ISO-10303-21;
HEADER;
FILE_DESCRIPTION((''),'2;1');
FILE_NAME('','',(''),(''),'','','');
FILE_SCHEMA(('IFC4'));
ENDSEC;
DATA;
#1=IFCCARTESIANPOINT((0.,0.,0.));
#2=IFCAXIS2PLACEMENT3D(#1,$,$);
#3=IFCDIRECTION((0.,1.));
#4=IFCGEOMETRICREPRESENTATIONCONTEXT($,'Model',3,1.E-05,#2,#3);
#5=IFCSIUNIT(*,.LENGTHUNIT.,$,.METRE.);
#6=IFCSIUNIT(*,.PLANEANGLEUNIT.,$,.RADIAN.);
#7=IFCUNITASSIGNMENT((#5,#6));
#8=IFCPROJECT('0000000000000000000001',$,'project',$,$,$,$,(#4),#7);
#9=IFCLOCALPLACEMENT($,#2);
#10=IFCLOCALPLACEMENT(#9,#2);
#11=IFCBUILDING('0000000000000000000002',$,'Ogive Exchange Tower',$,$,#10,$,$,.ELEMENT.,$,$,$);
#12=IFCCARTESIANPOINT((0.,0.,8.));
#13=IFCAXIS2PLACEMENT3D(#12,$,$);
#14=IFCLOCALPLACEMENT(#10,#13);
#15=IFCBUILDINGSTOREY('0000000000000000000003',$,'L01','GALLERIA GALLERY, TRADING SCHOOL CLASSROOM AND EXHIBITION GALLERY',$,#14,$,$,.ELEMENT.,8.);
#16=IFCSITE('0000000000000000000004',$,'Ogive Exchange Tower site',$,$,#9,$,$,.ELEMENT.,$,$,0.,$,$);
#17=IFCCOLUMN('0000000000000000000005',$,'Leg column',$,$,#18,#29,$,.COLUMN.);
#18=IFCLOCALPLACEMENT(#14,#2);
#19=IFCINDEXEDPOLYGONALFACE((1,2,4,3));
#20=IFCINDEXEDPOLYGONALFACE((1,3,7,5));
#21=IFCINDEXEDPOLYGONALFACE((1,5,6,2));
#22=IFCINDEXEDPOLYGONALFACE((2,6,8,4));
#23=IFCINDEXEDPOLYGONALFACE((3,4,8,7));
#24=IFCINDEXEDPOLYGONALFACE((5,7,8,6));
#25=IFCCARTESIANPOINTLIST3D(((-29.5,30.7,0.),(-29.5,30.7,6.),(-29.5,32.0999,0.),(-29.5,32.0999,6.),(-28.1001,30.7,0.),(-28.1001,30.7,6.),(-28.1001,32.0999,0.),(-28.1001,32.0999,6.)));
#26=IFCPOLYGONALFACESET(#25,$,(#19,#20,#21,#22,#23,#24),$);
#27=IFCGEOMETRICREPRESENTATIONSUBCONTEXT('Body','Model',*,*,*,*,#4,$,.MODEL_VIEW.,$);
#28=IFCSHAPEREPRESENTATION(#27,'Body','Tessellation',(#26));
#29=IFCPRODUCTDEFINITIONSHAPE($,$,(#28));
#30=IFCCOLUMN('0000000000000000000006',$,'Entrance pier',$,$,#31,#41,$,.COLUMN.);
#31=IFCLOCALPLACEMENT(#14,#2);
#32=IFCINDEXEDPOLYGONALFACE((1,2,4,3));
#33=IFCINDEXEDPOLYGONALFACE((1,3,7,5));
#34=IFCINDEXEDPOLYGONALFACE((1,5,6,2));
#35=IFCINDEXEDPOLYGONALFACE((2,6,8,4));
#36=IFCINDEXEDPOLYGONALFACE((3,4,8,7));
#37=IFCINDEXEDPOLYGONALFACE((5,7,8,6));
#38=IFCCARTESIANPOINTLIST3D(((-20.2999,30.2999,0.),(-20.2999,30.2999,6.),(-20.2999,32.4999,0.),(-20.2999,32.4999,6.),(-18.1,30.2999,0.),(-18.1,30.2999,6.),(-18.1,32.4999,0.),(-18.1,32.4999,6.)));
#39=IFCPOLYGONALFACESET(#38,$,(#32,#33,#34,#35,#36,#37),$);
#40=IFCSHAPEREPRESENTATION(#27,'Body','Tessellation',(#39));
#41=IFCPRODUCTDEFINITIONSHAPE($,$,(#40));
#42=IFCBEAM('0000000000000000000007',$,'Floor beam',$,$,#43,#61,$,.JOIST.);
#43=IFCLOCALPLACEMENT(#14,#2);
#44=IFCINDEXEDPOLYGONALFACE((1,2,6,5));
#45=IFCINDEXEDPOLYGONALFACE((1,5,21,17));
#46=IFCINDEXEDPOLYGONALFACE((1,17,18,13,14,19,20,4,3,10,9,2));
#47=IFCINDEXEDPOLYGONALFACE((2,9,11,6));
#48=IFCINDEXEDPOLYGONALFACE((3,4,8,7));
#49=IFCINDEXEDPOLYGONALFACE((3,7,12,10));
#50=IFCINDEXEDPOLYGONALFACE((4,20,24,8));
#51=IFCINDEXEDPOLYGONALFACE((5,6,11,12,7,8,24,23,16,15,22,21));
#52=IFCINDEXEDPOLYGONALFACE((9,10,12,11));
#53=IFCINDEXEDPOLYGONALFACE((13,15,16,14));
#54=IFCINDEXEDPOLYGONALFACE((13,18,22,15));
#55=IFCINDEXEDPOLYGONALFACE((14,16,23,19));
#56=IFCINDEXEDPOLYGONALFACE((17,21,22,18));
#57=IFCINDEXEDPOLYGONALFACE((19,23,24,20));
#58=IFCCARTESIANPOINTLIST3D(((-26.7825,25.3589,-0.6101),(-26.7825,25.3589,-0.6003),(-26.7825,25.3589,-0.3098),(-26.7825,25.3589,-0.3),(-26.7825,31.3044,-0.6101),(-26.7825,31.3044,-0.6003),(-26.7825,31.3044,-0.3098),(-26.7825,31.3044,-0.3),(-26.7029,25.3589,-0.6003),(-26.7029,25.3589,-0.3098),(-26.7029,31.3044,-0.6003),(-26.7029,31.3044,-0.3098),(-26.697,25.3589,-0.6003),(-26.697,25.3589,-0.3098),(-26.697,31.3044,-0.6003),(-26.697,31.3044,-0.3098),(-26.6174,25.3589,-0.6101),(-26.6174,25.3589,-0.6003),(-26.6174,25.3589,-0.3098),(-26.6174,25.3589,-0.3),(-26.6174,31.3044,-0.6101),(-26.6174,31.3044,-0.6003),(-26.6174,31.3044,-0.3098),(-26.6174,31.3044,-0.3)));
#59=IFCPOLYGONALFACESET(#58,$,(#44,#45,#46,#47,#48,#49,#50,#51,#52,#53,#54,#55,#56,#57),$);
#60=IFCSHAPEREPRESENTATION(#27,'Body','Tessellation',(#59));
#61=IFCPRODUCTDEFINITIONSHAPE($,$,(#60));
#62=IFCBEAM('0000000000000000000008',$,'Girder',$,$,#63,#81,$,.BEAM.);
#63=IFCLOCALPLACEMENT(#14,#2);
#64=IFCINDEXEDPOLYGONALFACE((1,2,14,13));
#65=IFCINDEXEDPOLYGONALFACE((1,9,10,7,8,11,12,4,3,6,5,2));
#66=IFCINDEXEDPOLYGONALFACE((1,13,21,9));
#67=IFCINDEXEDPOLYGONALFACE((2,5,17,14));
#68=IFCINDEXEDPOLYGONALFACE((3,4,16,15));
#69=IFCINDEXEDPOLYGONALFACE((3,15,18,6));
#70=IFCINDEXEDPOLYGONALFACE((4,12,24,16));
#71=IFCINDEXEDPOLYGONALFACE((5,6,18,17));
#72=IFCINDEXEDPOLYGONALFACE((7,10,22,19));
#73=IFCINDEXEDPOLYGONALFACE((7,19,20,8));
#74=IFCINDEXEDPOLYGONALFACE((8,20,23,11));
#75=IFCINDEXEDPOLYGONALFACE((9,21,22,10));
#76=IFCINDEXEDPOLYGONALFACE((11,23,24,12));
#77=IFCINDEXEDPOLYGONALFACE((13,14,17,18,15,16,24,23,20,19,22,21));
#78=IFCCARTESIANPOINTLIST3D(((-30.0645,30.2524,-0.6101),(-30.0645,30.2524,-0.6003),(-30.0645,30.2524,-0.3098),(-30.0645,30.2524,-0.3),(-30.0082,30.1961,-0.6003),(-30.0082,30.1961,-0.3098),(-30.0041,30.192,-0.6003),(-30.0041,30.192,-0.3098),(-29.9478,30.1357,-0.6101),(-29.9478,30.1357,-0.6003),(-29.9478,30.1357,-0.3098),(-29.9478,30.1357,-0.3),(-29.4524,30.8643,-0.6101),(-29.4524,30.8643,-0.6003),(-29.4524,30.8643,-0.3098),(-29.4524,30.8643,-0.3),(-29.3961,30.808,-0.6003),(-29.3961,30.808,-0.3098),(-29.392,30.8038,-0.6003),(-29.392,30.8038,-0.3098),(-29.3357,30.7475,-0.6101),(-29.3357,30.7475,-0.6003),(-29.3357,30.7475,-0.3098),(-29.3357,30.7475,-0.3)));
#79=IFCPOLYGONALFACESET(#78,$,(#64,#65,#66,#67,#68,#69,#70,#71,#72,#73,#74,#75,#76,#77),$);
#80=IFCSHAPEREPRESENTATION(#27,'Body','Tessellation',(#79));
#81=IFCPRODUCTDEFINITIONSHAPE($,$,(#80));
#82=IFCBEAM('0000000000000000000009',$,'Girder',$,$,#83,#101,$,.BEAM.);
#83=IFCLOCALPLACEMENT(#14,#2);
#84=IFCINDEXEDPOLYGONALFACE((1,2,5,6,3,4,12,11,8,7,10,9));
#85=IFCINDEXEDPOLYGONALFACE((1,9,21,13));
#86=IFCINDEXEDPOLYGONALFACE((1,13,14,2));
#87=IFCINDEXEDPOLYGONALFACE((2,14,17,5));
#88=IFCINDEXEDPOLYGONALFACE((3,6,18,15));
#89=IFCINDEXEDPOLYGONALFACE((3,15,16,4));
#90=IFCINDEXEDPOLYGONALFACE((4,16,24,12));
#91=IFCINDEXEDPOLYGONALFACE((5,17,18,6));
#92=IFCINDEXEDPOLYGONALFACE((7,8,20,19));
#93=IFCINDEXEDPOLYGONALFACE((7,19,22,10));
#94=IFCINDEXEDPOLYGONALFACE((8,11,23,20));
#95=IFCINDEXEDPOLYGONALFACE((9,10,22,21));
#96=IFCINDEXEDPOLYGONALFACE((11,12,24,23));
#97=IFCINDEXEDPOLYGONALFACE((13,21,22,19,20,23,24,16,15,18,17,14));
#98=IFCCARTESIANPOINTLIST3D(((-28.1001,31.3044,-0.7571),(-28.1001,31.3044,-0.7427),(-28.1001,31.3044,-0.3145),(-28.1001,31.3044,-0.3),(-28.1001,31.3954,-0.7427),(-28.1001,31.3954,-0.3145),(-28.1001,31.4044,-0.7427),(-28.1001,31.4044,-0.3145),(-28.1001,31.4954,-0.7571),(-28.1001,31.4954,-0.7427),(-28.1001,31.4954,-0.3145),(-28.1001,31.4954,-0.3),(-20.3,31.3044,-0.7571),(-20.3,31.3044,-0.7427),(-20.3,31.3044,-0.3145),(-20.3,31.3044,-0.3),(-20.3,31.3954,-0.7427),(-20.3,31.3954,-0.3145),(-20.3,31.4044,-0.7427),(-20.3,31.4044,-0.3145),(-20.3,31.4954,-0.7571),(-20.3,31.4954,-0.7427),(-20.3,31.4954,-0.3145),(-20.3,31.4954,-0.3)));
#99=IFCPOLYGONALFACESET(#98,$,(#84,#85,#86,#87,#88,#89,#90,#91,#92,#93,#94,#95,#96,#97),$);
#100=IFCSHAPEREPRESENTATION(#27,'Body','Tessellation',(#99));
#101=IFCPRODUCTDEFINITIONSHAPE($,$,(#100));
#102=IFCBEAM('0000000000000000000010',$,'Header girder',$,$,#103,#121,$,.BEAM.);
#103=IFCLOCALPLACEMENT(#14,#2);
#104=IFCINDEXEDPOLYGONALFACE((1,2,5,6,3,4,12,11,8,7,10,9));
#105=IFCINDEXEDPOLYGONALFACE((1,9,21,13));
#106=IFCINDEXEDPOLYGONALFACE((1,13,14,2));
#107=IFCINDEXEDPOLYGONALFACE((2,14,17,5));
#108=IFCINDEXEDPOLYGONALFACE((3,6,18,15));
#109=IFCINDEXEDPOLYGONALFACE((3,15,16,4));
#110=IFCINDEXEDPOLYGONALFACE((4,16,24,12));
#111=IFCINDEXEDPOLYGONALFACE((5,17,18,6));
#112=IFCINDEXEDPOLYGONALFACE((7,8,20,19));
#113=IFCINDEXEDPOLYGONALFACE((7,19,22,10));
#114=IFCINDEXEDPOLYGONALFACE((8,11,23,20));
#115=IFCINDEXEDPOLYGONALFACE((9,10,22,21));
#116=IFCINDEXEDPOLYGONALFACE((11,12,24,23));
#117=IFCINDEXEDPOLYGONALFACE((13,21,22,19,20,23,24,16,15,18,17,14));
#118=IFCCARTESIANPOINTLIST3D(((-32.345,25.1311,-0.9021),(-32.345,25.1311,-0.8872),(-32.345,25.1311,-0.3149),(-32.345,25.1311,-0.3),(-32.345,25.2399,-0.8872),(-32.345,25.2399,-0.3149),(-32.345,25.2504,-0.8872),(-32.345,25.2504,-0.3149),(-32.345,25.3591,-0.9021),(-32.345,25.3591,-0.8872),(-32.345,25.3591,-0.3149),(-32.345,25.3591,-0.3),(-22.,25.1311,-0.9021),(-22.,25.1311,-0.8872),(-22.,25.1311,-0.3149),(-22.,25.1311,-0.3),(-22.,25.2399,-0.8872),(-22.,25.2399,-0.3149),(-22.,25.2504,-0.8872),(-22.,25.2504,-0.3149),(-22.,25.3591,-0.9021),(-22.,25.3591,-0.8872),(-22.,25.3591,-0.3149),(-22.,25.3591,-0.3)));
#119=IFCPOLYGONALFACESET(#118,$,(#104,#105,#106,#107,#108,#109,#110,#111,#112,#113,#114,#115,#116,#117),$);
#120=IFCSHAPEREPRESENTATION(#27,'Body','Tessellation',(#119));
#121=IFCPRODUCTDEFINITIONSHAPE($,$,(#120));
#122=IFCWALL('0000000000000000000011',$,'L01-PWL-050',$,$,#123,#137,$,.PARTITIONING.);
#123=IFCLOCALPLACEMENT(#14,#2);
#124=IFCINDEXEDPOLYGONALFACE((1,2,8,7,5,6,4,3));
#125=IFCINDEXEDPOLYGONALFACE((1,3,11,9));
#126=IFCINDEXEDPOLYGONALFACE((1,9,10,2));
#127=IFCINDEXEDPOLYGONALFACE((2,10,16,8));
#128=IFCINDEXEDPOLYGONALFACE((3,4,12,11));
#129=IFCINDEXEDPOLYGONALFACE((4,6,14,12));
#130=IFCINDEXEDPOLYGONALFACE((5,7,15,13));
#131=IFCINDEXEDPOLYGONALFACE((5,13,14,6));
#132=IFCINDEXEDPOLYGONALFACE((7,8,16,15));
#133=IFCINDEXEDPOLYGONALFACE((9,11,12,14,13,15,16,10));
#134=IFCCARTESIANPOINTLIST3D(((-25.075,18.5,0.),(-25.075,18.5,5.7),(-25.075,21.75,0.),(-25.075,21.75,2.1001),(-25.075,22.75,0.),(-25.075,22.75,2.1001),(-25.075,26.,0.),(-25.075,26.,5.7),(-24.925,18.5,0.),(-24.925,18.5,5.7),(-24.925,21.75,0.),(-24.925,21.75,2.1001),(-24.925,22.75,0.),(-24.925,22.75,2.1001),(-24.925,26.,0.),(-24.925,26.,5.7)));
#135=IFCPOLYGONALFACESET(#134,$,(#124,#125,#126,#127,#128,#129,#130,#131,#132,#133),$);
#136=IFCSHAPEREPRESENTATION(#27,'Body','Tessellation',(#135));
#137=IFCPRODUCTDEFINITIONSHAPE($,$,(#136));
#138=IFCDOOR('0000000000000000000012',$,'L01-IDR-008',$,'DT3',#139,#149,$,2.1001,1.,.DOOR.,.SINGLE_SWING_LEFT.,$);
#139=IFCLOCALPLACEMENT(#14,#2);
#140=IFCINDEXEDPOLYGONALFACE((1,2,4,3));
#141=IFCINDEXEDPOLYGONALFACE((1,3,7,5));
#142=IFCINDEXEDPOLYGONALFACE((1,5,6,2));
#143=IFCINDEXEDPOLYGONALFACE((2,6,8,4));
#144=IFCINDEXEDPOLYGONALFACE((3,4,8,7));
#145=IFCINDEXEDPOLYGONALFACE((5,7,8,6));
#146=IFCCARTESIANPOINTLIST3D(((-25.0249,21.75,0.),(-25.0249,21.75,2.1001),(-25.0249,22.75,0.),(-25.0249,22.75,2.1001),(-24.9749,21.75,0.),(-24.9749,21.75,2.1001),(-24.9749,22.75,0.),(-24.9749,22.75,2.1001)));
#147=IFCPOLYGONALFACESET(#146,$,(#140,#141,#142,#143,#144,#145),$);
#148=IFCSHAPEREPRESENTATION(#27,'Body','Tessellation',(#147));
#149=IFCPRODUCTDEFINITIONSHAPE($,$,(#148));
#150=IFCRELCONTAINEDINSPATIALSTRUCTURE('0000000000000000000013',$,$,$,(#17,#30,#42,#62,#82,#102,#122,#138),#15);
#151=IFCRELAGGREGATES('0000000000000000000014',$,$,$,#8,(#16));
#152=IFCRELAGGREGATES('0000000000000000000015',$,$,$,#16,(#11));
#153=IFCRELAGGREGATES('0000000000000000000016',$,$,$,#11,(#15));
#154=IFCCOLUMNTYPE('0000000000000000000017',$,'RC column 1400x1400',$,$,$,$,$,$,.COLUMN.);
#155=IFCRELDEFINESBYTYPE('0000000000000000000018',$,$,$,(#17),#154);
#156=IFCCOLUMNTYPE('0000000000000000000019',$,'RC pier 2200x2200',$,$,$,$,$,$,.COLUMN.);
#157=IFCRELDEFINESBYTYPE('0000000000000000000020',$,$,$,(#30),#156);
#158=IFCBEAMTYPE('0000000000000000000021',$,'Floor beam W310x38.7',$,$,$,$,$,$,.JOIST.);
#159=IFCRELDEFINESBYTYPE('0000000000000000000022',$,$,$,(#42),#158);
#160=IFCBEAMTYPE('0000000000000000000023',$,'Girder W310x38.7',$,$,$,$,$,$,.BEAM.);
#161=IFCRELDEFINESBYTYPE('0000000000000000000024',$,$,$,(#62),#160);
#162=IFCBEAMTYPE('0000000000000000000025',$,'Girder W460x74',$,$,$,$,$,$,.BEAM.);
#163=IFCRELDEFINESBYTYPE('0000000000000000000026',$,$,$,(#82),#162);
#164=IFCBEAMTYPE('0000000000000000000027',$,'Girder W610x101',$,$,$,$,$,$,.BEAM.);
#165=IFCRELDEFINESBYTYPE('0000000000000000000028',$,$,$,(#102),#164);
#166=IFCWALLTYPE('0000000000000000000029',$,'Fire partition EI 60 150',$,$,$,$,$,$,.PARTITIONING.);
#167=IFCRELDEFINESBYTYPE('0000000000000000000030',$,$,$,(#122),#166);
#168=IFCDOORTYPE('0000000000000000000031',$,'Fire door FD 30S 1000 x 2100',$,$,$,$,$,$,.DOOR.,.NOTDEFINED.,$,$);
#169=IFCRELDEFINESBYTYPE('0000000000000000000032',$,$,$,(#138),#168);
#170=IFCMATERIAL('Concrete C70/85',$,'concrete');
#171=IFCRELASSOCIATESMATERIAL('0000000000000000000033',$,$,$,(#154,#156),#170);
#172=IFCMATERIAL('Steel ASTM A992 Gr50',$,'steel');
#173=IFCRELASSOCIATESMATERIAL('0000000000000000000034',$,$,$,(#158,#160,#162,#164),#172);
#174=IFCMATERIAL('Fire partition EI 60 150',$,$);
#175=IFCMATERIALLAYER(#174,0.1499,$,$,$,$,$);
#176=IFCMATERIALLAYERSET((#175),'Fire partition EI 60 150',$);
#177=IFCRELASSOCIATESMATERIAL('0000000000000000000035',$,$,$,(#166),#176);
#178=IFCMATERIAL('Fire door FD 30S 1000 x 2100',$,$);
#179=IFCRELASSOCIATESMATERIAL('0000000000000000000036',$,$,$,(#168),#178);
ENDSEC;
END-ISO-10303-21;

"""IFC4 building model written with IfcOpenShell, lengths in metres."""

from ifc_helpers import new_model, si_unit, direction, frame, frame_2d, origin, origin_2d, place, context, subcontext, project, spatial, rectangle, i_section, extrude, material, layer, layer_set, material_profile, profile_set, type_object, element, fill, save


model = new_model("IFC4")

# Units and contexts
model_context = context("Model", 3, precision=1e-05, world=origin(), true_north=direction((0.0, 1.0)))
body_context = subcontext(model_context, "Body", "Model", "MODEL_VIEW")
ifc_project = project(units=[si_unit("LENGTHUNIT", "METRE"), si_unit("PLANEANGLEUNIT", "RADIAN")], contexts=[model_context])

# Site, building, storey
site_placement = place(None, origin())
site = spatial("IfcSite", under=ifc_project, at=site_placement, Name="Ogive Exchange Tower site", CompositionType="ELEMENT", RefElevation=0.0)
building_placement = place(site_placement, origin())
building = spatial("IfcBuilding", under=site, at=building_placement, Name="Ogive Exchange Tower", CompositionType="ELEMENT")
storey_placement = place(building_placement, frame((0.0, 0.0, 8.0)))
storey = spatial("IfcBuildingStorey", under=building, at=storey_placement, Name="L01", Description="GALLERIA GALLERY, TRADING SCHOOL CLASSROOM AND EXHIBITION GALLERY", CompositionType="ELEMENT", Elevation=8.0)

# Columns
ifc_material_1 = material(Name="Concrete C70/85", Category="concrete")
ifc_material_profile_1 = material_profile(ifc_material_1, rectangle(XDim=1.3999, YDim=1.3999, at=origin_2d()), Name="RC 1400x1400")
ifc_profile_set_1 = profile_set([ifc_material_profile_1], Name="Concrete C70/85")
column_type_1 = type_object("IfcColumnType", Name="RC column 1400x1400", PredefinedType="COLUMN", material=ifc_profile_set_1)
column_1_placement = place(storey_placement, frame((-28.8, 31.3999, 0.0), z_axis=(0.0, 0.0, 1.0), x_axis=(1.0, 0.0, 0.0)))
element("IfcColumn", 1, at=column_1_placement, inside=storey, type_object=column_type_1, Name="Leg column", PredefinedType="COLUMN", context=body_context, shape_type="SweptSolid", body=[
    extrude(rectangle(XDim=1.3999, YDim=1.3999, at=origin_2d()), origin(), (0.0, 0.0, 1.0), 6.0),
])
ifc_material_profile_2 = material_profile(ifc_material_1, rectangle(XDim=2.2, YDim=2.2, at=origin_2d()), Name="RC 2200x2200")
ifc_profile_set_2 = profile_set([ifc_material_profile_2], Name="Concrete C70/85")
column_type_2 = type_object("IfcColumnType", Name="RC pier 2200x2200", PredefinedType="COLUMN", material=ifc_profile_set_2)
column_2_placement = place(storey_placement, frame((-19.2, 31.3999, 0.0), z_axis=(0.0, 0.0, 1.0), x_axis=(1.0, 0.0, 0.0)))
element("IfcColumn", 2, at=column_2_placement, inside=storey, type_object=column_type_2, Name="Entrance pier", PredefinedType="COLUMN", context=body_context, shape_type="SweptSolid", body=[
    extrude(rectangle(XDim=2.2, YDim=2.2, at=origin_2d()), origin(), (0.0, 0.0, 1.0), 6.0),
])

# Beams
ifc_material_2 = material(Name="Steel ASTM A992 Gr50", Category="steel")
ifc_material_profile_3 = material_profile(ifc_material_2, i_section(OverallWidth=0.165, OverallDepth=0.3101, WebThickness=0.0059, FlangeThickness=0.0098, at=origin_2d()), Name="W310x38.7")
ifc_profile_set_3 = profile_set([ifc_material_profile_3], Name="Steel ASTM A992 Gr50")
beam_type_1 = type_object("IfcBeamType", Name="Floor beam W310x38.7", PredefinedType="JOIST", material=ifc_profile_set_3)
beam_1_placement = place(storey_placement, frame((-26.7, 25.3589, -0.4551), z_axis=(0.0, 1.0, 0.0), x_axis=(-1.0, 0.0, 0.0)))
element("IfcBeam", 3, at=beam_1_placement, inside=storey, type_object=beam_type_1, Name="Floor beam", PredefinedType="JOIST", context=body_context, shape_type="SweptSolid", body=[
    extrude(i_section(OverallWidth=0.165, OverallDepth=0.3101, WebThickness=0.0059, FlangeThickness=0.0098, at=origin_2d()), origin(), (0.0, 0.0, 1.0), 5.9456),
])
ifc_material_profile_4 = material_profile(ifc_material_2, i_section(OverallWidth=0.165, OverallDepth=0.3101, WebThickness=0.0059, FlangeThickness=0.0098, at=origin_2d()), Name="W310x38.7")
ifc_profile_set_4 = profile_set([ifc_material_profile_4], Name="Steel ASTM A992 Gr50")
beam_type_2 = type_object("IfcBeamType", Name="Girder W310x38.7", PredefinedType="BEAM", material=ifc_profile_set_4)
beam_2_placement = place(storey_placement, frame((-29.394, 30.8059, -0.4551), z_axis=(-0.707248, -0.706966, 0.0), x_axis=(0.706966, -0.707248, 0.0)))
element("IfcBeam", 4, at=beam_2_placement, inside=storey, type_object=beam_type_2, Name="Girder", PredefinedType="BEAM", context=body_context, shape_type="SweptSolid", body=[
    extrude(i_section(OverallWidth=0.165, OverallDepth=0.3101, WebThickness=0.0059, FlangeThickness=0.0098, at=origin_2d()), origin(), (0.0, 0.0, 1.0), 0.8655),
])
ifc_material_profile_5 = material_profile(ifc_material_2, i_section(OverallWidth=0.1909, OverallDepth=0.457, WebThickness=0.009, FlangeThickness=0.0144, at=origin_2d()), Name="W460x74")
ifc_profile_set_5 = profile_set([ifc_material_profile_5], Name="Steel ASTM A992 Gr50")
beam_type_3 = type_object("IfcBeamType", Name="Girder W460x74", PredefinedType="BEAM", material=ifc_profile_set_5)
beam_3_placement = place(storey_placement, frame((-20.3, 31.3999, -0.5286), z_axis=(-1.0, 0.0, 0.0), x_axis=(0.0, -1.0, 0.0)))
element("IfcBeam", 5, at=beam_3_placement, inside=storey, type_object=beam_type_3, Name="Girder", PredefinedType="BEAM", context=body_context, shape_type="SweptSolid", body=[
    extrude(i_section(OverallWidth=0.1909, OverallDepth=0.457, WebThickness=0.009, FlangeThickness=0.0144, at=origin_2d()), origin(), (0.0, 0.0, 1.0), 7.8),
])
ifc_material_profile_6 = material_profile(ifc_material_2, i_section(OverallWidth=0.228, OverallDepth=0.6021, WebThickness=0.0105, FlangeThickness=0.0149, at=origin_2d()), Name="W610x101")
ifc_profile_set_6 = profile_set([ifc_material_profile_6], Name="Steel ASTM A992 Gr50")
beam_type_4 = type_object("IfcBeamType", Name="Girder W610x101", PredefinedType="BEAM", material=ifc_profile_set_6)
beam_4_placement = place(storey_placement, frame((-22.0, 25.2451, -0.6011), z_axis=(-1.0, 0.0, 0.0), x_axis=(0.0, -1.0, 0.0)))
element("IfcBeam", 6, at=beam_4_placement, inside=storey, type_object=beam_type_4, Name="Header girder", PredefinedType="BEAM", context=body_context, shape_type="SweptSolid", body=[
    extrude(i_section(OverallWidth=0.228, OverallDepth=0.6021, WebThickness=0.0105, FlangeThickness=0.0149, at=origin_2d()), origin(), (0.0, 0.0, 1.0), 10.345),
])

# Wall, opening, door
ifc_material_3 = material(Name="Fire partition EI 60 150")
ifc_layer_1 = layer(ifc_material_3, 0.1499)
ifc_layer_set_1 = layer_set([ifc_layer_1], Name="Fire partition EI 60 150")
wall_type_1 = type_object("IfcWallType", Name="Fire partition EI 60 150", PredefinedType="PARTITIONING", material=ifc_layer_set_1)
wall_1_placement = place(storey_placement, frame((-25.0, 18.5, 0.0), z_axis=(0.0, 0.0, 1.0), x_axis=(0.0, 1.0, 0.0)))
wall_1 = element("IfcWall", 7, at=wall_1_placement, inside=storey, type_object=wall_type_1, Name="L01-PWL-050", PredefinedType="PARTITIONING", context=body_context, shape_type="SweptSolid", body=[
    extrude(rectangle(XDim=7.5, YDim=0.1499, at=frame_2d((3.75, 0.0))), origin(), (0.0, 0.0, 1.0), 5.7),
])
opening_1_placement = place(wall_1_placement, frame((3.25, 0.0, 0.0)))
opening_1 = element("IfcOpeningElement", 8, at=opening_1_placement, cuts=wall_1, PredefinedType="OPENING", context=body_context, shape_type="SweptSolid", body=[
    extrude(rectangle(XDim=1.0, YDim=2.1001, at=frame_2d((0.5, 1.05))), frame((0.0, 0.085, 0.0), z_axis=(0.0, -1.0, 0.0), x_axis=(1.0, 0.0, 0.0)), (0.0, 0.0, 1.0), 0.1699),
])
ifc_material_4 = material(Name="Fire door FD 30S 1000 x 2100")
door_type = type_object("IfcDoorType", Name="Fire door FD 30S 1000 x 2100", OperationType="NOTDEFINED", PredefinedType="DOOR", material=ifc_material_4)
door_1_placement = place(opening_1_placement, origin())
door_1 = element("IfcDoor", 9, at=door_1_placement, inside=storey, type_object=door_type, Name="L01-IDR-008", ObjectType="DT3", OperationType="SINGLE_SWING_LEFT", OverallHeight=2.1001, OverallWidth=1.0, PredefinedType="DOOR", context=body_context, shape_type="SweptSolid", body=[
    extrude(rectangle(XDim=1.0, YDim=2.1001, at=frame_2d((0.5, 1.05))), frame((0.0, 0.0249, 0.0), z_axis=(0.0, -1.0, 0.0), x_axis=(1.0, 0.0, 0.0)), (0.0, 0.0, 1.0), 0.05),
])
fill(opening_1, door_1)

save(model, "model.ifc")
